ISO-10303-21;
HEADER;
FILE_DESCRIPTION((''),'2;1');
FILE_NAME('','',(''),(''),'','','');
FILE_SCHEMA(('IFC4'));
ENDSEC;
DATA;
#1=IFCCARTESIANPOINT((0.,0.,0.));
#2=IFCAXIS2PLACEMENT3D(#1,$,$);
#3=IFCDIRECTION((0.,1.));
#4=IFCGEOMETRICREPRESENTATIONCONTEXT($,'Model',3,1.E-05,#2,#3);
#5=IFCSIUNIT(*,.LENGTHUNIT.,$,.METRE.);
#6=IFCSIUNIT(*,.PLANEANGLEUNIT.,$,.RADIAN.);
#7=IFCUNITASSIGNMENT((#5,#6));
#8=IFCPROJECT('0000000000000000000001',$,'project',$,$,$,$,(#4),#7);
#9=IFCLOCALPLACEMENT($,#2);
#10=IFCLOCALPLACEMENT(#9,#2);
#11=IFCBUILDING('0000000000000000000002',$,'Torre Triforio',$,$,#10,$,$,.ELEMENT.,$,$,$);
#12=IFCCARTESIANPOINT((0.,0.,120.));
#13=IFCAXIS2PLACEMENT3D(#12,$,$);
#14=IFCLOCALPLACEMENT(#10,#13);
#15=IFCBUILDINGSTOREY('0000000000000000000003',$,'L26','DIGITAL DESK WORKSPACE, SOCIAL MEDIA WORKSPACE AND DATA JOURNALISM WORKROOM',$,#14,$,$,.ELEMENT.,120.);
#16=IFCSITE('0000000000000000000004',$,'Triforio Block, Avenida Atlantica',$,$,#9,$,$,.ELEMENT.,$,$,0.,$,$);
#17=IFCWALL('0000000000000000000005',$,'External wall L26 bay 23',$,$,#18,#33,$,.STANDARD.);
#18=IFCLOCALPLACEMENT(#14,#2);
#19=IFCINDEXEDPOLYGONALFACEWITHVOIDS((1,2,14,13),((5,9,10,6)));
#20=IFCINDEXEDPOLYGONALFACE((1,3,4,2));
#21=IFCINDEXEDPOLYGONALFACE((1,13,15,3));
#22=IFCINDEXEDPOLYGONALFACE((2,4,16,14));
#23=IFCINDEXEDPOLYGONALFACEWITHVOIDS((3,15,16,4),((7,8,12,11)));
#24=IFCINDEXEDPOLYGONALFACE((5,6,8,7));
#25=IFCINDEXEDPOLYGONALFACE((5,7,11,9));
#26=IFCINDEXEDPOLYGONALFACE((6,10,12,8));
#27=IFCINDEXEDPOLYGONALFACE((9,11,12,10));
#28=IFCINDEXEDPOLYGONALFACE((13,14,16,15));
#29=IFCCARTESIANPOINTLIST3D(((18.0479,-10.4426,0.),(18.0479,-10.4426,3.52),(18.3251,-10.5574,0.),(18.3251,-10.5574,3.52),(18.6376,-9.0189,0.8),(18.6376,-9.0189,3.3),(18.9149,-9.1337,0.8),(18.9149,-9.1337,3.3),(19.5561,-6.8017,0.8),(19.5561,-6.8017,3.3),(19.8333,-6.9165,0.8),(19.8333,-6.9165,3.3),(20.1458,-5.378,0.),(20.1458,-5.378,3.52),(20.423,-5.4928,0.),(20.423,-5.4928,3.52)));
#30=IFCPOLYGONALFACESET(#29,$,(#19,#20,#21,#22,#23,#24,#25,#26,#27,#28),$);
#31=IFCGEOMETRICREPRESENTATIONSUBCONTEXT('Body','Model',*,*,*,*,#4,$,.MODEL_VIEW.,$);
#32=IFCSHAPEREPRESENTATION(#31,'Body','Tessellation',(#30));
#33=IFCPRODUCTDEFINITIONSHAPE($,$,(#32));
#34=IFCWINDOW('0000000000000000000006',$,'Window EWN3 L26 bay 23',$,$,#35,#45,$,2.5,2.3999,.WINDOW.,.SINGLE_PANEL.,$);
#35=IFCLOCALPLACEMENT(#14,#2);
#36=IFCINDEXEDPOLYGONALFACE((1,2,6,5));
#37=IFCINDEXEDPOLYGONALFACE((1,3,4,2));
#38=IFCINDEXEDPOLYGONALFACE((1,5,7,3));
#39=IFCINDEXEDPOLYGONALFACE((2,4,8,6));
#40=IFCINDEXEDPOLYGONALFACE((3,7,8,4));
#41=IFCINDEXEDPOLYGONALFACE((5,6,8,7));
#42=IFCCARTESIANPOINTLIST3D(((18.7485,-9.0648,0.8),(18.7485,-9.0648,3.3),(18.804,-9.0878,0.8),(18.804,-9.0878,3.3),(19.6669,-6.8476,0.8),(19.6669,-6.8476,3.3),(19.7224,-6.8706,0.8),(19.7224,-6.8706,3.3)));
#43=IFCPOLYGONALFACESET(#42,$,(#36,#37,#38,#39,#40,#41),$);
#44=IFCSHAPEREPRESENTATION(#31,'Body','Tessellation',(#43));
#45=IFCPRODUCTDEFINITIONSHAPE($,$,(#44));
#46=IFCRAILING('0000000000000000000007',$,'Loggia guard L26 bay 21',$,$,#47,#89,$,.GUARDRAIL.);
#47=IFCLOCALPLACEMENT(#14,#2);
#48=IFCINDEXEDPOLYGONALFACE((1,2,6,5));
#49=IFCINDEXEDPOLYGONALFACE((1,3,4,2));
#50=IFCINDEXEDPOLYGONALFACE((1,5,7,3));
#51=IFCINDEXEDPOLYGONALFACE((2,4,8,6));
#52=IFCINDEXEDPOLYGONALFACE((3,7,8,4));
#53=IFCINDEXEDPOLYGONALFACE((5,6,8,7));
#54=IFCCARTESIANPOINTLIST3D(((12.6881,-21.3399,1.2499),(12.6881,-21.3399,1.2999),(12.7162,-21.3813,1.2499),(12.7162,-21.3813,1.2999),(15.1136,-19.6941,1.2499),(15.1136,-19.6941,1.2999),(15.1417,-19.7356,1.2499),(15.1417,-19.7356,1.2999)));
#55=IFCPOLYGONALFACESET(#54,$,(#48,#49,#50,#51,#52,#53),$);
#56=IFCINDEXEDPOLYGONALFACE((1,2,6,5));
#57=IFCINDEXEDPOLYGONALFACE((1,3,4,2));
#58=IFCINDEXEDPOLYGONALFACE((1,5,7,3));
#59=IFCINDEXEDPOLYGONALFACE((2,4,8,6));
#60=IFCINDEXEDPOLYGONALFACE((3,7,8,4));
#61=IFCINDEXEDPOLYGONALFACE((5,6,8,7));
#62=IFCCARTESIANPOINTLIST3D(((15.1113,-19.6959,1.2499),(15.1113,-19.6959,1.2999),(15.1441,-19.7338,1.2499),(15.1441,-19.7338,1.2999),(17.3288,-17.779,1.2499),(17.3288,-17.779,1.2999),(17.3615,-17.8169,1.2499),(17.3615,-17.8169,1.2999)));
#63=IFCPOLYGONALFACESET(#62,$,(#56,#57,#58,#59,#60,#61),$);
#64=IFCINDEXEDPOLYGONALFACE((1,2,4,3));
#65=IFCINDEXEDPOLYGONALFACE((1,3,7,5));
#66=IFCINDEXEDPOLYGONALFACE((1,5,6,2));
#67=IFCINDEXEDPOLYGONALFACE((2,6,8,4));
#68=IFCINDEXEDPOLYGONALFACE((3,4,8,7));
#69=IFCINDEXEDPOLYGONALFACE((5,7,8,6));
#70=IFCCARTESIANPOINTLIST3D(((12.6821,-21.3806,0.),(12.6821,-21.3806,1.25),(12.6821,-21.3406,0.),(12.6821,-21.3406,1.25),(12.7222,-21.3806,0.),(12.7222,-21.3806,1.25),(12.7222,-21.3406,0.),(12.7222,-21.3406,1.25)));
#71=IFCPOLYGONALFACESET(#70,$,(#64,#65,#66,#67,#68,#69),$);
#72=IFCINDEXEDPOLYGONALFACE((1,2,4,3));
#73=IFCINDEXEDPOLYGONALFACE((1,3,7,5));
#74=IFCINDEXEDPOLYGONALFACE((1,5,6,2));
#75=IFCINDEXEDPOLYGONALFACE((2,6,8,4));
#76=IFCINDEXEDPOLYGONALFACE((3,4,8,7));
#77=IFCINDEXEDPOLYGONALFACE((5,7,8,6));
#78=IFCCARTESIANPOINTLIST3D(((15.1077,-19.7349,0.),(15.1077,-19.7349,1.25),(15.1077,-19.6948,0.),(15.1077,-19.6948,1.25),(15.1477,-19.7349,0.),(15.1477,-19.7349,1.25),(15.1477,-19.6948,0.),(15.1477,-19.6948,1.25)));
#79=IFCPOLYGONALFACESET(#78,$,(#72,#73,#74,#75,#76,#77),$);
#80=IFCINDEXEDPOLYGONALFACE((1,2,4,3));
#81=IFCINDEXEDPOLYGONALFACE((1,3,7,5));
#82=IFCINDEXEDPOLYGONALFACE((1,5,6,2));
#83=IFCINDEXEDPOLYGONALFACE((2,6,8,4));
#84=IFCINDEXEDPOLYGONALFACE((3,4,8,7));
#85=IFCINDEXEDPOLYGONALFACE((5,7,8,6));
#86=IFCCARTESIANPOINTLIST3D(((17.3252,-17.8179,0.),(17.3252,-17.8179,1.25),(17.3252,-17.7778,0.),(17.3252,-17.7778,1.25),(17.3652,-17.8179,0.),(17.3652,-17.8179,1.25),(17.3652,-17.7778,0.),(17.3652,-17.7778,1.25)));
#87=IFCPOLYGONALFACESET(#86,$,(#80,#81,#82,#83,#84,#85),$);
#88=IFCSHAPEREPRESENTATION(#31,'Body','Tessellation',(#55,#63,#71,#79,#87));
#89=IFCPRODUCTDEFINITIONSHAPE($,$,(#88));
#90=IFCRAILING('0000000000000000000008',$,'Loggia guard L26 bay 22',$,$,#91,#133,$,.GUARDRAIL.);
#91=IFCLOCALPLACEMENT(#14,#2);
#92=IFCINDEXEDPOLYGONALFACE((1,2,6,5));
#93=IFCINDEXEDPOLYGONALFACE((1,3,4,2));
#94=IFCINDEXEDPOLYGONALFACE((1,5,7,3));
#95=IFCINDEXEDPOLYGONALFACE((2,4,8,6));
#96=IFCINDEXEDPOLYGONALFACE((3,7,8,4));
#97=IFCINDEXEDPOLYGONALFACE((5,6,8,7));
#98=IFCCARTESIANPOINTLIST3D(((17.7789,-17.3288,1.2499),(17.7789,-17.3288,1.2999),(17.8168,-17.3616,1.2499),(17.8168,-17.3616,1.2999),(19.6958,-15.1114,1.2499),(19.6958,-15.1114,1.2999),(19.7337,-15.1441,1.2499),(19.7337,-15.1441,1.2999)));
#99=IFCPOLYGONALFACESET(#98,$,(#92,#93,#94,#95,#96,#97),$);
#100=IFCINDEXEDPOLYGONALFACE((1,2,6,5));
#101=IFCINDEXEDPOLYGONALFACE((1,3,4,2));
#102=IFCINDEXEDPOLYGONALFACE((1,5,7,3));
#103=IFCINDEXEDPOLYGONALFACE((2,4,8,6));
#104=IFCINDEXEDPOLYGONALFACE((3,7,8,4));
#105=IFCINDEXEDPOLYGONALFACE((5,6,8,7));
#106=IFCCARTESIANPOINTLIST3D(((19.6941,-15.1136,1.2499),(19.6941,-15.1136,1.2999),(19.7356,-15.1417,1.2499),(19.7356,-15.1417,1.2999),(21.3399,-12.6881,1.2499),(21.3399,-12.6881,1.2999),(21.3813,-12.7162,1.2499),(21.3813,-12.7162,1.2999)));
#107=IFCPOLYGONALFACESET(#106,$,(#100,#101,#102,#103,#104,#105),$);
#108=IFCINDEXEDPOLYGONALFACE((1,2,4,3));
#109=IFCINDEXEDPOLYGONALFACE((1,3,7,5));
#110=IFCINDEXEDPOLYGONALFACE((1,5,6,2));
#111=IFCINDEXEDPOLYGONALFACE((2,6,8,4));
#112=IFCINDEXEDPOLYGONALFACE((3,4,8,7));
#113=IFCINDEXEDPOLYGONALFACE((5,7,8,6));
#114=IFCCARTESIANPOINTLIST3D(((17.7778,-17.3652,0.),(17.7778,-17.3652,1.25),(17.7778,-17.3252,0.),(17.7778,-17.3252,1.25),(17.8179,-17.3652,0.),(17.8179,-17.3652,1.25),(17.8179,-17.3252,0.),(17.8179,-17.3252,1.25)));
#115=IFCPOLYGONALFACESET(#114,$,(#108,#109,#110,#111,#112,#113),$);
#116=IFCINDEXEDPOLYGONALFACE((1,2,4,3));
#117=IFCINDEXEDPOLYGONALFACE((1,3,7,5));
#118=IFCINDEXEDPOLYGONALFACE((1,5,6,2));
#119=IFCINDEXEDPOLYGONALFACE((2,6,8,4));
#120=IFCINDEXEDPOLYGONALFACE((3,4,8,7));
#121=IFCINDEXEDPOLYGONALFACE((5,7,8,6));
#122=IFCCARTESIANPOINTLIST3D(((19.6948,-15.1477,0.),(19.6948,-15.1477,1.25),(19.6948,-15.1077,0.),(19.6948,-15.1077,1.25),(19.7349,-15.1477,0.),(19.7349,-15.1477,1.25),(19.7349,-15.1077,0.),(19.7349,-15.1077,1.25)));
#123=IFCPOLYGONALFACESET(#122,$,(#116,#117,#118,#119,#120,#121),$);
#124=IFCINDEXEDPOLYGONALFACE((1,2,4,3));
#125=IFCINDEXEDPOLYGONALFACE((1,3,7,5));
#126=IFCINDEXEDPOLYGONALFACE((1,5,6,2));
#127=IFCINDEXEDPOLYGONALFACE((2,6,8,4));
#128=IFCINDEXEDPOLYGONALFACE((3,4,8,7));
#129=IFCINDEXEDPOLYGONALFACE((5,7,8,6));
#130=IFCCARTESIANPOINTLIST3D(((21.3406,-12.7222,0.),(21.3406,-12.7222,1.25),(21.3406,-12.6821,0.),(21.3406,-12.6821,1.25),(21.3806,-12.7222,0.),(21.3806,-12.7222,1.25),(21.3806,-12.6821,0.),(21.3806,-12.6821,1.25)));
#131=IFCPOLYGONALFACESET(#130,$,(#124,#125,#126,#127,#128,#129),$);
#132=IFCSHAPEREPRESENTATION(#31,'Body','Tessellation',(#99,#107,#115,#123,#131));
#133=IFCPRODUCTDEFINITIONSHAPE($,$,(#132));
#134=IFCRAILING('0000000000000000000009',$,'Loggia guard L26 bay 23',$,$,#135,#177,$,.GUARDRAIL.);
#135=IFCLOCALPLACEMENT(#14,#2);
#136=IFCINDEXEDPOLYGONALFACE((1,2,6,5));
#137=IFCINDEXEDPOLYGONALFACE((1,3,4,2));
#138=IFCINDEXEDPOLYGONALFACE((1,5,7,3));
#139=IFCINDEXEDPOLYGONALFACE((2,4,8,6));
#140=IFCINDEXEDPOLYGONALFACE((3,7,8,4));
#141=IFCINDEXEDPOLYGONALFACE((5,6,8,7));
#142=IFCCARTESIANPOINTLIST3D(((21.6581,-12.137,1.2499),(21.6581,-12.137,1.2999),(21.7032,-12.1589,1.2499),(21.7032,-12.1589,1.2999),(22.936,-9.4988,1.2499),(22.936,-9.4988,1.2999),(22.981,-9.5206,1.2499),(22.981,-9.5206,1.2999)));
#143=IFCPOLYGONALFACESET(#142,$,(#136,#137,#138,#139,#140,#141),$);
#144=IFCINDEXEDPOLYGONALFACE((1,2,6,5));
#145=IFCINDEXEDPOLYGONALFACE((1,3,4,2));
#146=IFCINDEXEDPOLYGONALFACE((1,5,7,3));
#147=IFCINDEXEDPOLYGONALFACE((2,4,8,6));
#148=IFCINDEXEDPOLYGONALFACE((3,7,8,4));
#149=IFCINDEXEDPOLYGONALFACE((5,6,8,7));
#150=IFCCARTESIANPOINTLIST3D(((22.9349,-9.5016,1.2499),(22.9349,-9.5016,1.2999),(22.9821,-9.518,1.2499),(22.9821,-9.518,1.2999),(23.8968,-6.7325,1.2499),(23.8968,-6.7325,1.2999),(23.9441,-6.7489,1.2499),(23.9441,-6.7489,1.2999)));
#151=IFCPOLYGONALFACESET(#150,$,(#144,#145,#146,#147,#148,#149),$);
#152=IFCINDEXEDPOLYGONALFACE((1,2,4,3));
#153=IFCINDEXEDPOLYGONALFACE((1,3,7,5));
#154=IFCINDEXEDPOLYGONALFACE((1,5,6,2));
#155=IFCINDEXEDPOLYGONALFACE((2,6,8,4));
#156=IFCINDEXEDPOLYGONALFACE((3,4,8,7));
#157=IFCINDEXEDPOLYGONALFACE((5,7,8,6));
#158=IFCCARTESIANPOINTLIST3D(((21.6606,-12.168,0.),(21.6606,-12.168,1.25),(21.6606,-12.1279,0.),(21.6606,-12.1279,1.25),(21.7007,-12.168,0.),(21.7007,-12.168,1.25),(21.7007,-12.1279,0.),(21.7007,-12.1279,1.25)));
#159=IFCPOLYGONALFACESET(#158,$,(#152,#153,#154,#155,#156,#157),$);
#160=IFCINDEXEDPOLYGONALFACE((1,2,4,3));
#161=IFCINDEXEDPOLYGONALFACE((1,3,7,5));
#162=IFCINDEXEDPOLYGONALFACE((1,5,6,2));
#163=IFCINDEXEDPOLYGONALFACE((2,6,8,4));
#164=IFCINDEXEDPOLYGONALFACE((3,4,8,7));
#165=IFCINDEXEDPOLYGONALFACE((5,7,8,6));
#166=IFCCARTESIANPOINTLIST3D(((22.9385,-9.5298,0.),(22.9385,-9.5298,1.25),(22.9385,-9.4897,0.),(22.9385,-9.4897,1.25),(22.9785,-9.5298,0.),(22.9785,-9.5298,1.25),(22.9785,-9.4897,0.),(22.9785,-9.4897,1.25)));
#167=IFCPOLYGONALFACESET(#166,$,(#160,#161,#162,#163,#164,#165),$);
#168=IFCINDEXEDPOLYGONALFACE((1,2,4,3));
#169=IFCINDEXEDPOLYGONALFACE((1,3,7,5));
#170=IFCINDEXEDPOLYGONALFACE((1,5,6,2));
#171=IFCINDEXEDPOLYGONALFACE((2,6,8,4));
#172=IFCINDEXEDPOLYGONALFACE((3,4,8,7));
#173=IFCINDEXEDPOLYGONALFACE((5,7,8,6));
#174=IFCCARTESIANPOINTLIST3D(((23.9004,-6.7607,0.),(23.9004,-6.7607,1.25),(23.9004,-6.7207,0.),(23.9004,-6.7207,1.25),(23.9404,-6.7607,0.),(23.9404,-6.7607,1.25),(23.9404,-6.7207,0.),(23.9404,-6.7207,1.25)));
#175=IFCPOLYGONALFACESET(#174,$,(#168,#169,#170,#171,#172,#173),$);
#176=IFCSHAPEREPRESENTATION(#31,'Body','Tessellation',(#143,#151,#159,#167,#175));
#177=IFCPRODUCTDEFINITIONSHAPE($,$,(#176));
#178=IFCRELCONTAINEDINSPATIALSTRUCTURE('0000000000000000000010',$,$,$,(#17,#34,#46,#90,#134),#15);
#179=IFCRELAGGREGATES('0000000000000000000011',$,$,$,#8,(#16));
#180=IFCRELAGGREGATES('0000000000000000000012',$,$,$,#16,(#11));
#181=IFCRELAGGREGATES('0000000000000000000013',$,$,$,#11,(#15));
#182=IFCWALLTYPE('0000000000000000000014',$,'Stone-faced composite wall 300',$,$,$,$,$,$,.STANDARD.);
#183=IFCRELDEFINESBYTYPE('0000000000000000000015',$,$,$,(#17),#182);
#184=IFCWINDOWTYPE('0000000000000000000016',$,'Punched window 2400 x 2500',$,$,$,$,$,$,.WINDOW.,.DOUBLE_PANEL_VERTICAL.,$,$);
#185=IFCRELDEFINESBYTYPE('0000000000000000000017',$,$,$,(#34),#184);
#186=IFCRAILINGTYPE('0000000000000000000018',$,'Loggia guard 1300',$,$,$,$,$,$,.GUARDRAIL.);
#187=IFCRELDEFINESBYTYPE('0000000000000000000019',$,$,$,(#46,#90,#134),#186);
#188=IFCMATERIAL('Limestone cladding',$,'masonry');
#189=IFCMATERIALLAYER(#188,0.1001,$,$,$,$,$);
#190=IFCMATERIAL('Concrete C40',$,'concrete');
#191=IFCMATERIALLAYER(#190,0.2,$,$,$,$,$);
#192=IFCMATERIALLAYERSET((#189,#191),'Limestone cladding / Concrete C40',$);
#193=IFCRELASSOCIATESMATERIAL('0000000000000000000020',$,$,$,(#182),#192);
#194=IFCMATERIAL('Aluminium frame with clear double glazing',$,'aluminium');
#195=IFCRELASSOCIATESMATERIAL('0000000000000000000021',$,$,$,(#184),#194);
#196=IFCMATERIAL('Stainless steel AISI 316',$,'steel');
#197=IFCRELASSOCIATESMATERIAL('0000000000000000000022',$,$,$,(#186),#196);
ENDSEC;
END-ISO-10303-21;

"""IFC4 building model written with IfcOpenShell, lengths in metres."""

from ifc_helpers import new_model, si_unit, direction, frame, frame_2d, origin, origin_2d, place, context, subcontext, project, spatial, rectangle, extrude, material, layer, layer_set, type_object, element, fill, save


model = new_model("IFC4")

# Units and contexts
model_context = context("Model", 3, precision=1e-05, world=origin(), true_north=direction((0.0, 1.0)))
body_context = subcontext(model_context, "Body", "Model", "MODEL_VIEW")
ifc_project = project(units=[si_unit("LENGTHUNIT", "METRE"), si_unit("PLANEANGLEUNIT", "RADIAN")], contexts=[model_context])

# Site, building, storey
site_placement = place(None, origin())
site = spatial("IfcSite", under=ifc_project, at=site_placement, Name="Triforio Block, Avenida Atlantica", CompositionType="ELEMENT", RefElevation=0.0)
building_placement = place(site_placement, origin())
building = spatial("IfcBuilding", under=site, at=building_placement, Name="Torre Triforio", CompositionType="ELEMENT")
storey_placement = place(building_placement, frame((0.0, 0.0, 120.0)))
storey = spatial("IfcBuildingStorey", under=building, at=storey_placement, Name="L26", Description="DIGITAL DESK WORKSPACE, SOCIAL MEDIA WORKSPACE AND DATA JOURNALISM WORKROOM", CompositionType="ELEMENT", Elevation=120.0)

# Shared definitions
ifc_material_1 = material(Name="Limestone cladding", Category="masonry")
ifc_material_2 = material(Name="Concrete C40", Category="concrete")

# Shared definitions
ifc_layer_1 = layer(ifc_material_1, 0.1001)
ifc_layer_2 = layer(ifc_material_2, 0.2)
ifc_layer_set_1 = layer_set([ifc_layer_1, ifc_layer_2], Name="Limestone cladding / Concrete C40")
wall_type_1 = type_object("IfcWallType", Name="Stone-faced composite wall 300", PredefinedType="STANDARD", material=ifc_layer_set_1)
ifc_material_3 = material(Name="Aluminium frame with clear double glazing", Category="aluminium")

# Wall, opening, window
wall_1_placement = place(storey_placement, frame((18.1865, -10.5, 0.0), z_axis=(0.0, 0.0, 1.0), x_axis=(0.382689, 0.923877, 0.0)))
wall_1 = element("IfcWall", 1, at=wall_1_placement, inside=storey, type_object=wall_type_1, Name="External wall L26 bay 23", PredefinedType="STANDARD", context=body_context, shape_type="SweptSolid", body=[
    extrude(rectangle(XDim=5.4819, YDim=0.3, at=frame_2d((2.741, 0.0))), origin(), (0.0, 0.0, 1.0), 3.52),
])
opening_1_placement = place(wall_1_placement, frame((1.541, 0.0, 0.8)))
opening_1 = element("IfcOpeningElement", 2, at=opening_1_placement, cuts=wall_1, PredefinedType="OPENING", context=body_context, shape_type="SweptSolid", body=[
    extrude(rectangle(XDim=2.3999, YDim=2.5, at=frame_2d((1.2, 1.25))), frame((0.0, 0.1599, 0.0), z_axis=(0.0, -1.0, 0.0), x_axis=(1.0, 0.0, 0.0)), (0.0, 0.0, 1.0), 0.3201),
])
window_type_1 = type_object("IfcWindowType", Name="Punched window 2400 x 2500", PartitioningType="DOUBLE_PANEL_VERTICAL", PredefinedType="WINDOW", material=ifc_material_3)
window_1_placement = place(opening_1_placement, origin())
window_1 = element("IfcWindow", 3, at=window_1_placement, inside=storey, type_object=window_type_1, Name="Window EWN3 L26 bay 23", OverallHeight=2.5, OverallWidth=2.3999, PartitioningType="SINGLE_PANEL", PredefinedType="WINDOW", context=body_context, shape_type="SweptSolid", body=[
    extrude(rectangle(XDim=2.3999, YDim=2.5, at=frame_2d((1.2, 1.25))), frame((0.0, 0.03, 0.0), z_axis=(0.0, -1.0, 0.0), x_axis=(1.0, 0.0, 0.0)), (0.0, 0.0, 1.0), 0.0601),
])
fill(opening_1, window_1)

# Railings
ifc_material_4 = material(Name="Stainless steel AISI 316", Category="steel")
railing_type = type_object("IfcRailingType", Name="Loggia guard 1300", PredefinedType="GUARDRAIL", material=ifc_material_4)
railing_1_placement = place(storey_placement, frame((12.7021, -21.3606, 0.0)))
element("IfcRailing", 4, at=railing_1_placement, inside=storey, type_object=railing_type, Name="Loggia guard L26 bay 21", PredefinedType="GUARDRAIL", context=body_context, shape_type="SweptSolid", body=[
    extrude(rectangle(XDim=0.05, YDim=0.05, at=origin_2d()), frame((0.0, 0.0, 1.2749), z_axis=(0.827499, 0.561467, 0.0), x_axis=(-0.561467, 0.827499, 0.0)), (0.0, 0.0, 1.0), 2.9312),
    extrude(rectangle(XDim=0.05, YDim=0.05, at=origin_2d()), frame((2.4255, 1.6458, 1.2749), z_axis=(0.75651, 0.653982, 0.0), x_axis=(-0.653982, 0.75651, 0.0)), (0.0, 0.0, 1.0), 2.9312),
    extrude(rectangle(XDim=0.04, YDim=0.04, at=origin_2d()), origin(), (0.0, 0.0, 1.0), 1.25),
    extrude(rectangle(XDim=0.04, YDim=0.04, at=origin_2d()), frame((2.4255, 1.6458, 0.0)), (0.0, 0.0, 1.0), 1.25),
    extrude(rectangle(XDim=0.04, YDim=0.04, at=origin_2d()), frame((4.6431, 3.5627, 0.0)), (0.0, 0.0, 1.0), 1.25),
])
railing_2_placement = place(storey_placement, frame((17.7979, -17.3452, 0.0)))
element("IfcRailing", 5, at=railing_2_placement, inside=storey, type_object=railing_type, Name="Loggia guard L26 bay 22", PredefinedType="GUARDRAIL", context=body_context, shape_type="SweptSolid", body=[
    extrude(rectangle(XDim=0.05, YDim=0.05, at=origin_2d()), frame((0.0, 0.0, 1.2749), z_axis=(0.653982, 0.75651, 0.0), x_axis=(-0.75651, 0.653982, 0.0)), (0.0, 0.0, 1.0), 2.9312),
    extrude(rectangle(XDim=0.05, YDim=0.05, at=origin_2d()), frame((1.917, 2.2175, 1.2749), z_axis=(0.561467, 0.827499, 0.0), x_axis=(-0.827499, 0.561467, 0.0)), (0.0, 0.0, 1.0), 2.9312),
    extrude(rectangle(XDim=0.04, YDim=0.04, at=origin_2d()), origin(), (0.0, 0.0, 1.0), 1.25),
    extrude(rectangle(XDim=0.04, YDim=0.04, at=origin_2d()), frame((1.917, 2.2175, 0.0)), (0.0, 0.0, 1.0), 1.25),
    extrude(rectangle(XDim=0.04, YDim=0.04, at=origin_2d()), frame((3.5627, 4.6431, 0.0)), (0.0, 0.0, 1.0), 1.25),
])
railing_3_placement = place(storey_placement, frame((21.6807, -12.1479, 0.0)))
element("IfcRailing", 6, at=railing_3_placement, inside=storey, type_object=railing_type, Name="Loggia guard L26 bay 23", PredefinedType="GUARDRAIL", context=body_context, shape_type="SweptSolid", body=[
    extrude(rectangle(XDim=0.05, YDim=0.05, at=origin_2d()), frame((0.0, 0.0, 1.2749), z_axis=(0.435918, 0.899986, 0.0), x_axis=(-0.899986, 0.435918, 0.0)), (0.0, 0.0, 1.0), 2.9314),
    extrude(rectangle(XDim=0.05, YDim=0.05, at=origin_2d()), frame((1.2778, 2.6382, 1.2749), z_axis=(0.328146, 0.944627, 0.0), x_axis=(-0.944627, 0.328146, 0.0)), (0.0, 0.0, 1.0), 2.9314),
    extrude(rectangle(XDim=0.04, YDim=0.04, at=origin_2d()), origin(), (0.0, 0.0, 1.0), 1.25),
    extrude(rectangle(XDim=0.04, YDim=0.04, at=origin_2d()), frame((1.2778, 2.6382, 0.0)), (0.0, 0.0, 1.0), 1.25),
    extrude(rectangle(XDim=0.04, YDim=0.04, at=origin_2d()), frame((2.2397, 5.4072, 0.0)), (0.0, 0.0, 1.0), 1.25),
])

save(model, "model.ifc")
